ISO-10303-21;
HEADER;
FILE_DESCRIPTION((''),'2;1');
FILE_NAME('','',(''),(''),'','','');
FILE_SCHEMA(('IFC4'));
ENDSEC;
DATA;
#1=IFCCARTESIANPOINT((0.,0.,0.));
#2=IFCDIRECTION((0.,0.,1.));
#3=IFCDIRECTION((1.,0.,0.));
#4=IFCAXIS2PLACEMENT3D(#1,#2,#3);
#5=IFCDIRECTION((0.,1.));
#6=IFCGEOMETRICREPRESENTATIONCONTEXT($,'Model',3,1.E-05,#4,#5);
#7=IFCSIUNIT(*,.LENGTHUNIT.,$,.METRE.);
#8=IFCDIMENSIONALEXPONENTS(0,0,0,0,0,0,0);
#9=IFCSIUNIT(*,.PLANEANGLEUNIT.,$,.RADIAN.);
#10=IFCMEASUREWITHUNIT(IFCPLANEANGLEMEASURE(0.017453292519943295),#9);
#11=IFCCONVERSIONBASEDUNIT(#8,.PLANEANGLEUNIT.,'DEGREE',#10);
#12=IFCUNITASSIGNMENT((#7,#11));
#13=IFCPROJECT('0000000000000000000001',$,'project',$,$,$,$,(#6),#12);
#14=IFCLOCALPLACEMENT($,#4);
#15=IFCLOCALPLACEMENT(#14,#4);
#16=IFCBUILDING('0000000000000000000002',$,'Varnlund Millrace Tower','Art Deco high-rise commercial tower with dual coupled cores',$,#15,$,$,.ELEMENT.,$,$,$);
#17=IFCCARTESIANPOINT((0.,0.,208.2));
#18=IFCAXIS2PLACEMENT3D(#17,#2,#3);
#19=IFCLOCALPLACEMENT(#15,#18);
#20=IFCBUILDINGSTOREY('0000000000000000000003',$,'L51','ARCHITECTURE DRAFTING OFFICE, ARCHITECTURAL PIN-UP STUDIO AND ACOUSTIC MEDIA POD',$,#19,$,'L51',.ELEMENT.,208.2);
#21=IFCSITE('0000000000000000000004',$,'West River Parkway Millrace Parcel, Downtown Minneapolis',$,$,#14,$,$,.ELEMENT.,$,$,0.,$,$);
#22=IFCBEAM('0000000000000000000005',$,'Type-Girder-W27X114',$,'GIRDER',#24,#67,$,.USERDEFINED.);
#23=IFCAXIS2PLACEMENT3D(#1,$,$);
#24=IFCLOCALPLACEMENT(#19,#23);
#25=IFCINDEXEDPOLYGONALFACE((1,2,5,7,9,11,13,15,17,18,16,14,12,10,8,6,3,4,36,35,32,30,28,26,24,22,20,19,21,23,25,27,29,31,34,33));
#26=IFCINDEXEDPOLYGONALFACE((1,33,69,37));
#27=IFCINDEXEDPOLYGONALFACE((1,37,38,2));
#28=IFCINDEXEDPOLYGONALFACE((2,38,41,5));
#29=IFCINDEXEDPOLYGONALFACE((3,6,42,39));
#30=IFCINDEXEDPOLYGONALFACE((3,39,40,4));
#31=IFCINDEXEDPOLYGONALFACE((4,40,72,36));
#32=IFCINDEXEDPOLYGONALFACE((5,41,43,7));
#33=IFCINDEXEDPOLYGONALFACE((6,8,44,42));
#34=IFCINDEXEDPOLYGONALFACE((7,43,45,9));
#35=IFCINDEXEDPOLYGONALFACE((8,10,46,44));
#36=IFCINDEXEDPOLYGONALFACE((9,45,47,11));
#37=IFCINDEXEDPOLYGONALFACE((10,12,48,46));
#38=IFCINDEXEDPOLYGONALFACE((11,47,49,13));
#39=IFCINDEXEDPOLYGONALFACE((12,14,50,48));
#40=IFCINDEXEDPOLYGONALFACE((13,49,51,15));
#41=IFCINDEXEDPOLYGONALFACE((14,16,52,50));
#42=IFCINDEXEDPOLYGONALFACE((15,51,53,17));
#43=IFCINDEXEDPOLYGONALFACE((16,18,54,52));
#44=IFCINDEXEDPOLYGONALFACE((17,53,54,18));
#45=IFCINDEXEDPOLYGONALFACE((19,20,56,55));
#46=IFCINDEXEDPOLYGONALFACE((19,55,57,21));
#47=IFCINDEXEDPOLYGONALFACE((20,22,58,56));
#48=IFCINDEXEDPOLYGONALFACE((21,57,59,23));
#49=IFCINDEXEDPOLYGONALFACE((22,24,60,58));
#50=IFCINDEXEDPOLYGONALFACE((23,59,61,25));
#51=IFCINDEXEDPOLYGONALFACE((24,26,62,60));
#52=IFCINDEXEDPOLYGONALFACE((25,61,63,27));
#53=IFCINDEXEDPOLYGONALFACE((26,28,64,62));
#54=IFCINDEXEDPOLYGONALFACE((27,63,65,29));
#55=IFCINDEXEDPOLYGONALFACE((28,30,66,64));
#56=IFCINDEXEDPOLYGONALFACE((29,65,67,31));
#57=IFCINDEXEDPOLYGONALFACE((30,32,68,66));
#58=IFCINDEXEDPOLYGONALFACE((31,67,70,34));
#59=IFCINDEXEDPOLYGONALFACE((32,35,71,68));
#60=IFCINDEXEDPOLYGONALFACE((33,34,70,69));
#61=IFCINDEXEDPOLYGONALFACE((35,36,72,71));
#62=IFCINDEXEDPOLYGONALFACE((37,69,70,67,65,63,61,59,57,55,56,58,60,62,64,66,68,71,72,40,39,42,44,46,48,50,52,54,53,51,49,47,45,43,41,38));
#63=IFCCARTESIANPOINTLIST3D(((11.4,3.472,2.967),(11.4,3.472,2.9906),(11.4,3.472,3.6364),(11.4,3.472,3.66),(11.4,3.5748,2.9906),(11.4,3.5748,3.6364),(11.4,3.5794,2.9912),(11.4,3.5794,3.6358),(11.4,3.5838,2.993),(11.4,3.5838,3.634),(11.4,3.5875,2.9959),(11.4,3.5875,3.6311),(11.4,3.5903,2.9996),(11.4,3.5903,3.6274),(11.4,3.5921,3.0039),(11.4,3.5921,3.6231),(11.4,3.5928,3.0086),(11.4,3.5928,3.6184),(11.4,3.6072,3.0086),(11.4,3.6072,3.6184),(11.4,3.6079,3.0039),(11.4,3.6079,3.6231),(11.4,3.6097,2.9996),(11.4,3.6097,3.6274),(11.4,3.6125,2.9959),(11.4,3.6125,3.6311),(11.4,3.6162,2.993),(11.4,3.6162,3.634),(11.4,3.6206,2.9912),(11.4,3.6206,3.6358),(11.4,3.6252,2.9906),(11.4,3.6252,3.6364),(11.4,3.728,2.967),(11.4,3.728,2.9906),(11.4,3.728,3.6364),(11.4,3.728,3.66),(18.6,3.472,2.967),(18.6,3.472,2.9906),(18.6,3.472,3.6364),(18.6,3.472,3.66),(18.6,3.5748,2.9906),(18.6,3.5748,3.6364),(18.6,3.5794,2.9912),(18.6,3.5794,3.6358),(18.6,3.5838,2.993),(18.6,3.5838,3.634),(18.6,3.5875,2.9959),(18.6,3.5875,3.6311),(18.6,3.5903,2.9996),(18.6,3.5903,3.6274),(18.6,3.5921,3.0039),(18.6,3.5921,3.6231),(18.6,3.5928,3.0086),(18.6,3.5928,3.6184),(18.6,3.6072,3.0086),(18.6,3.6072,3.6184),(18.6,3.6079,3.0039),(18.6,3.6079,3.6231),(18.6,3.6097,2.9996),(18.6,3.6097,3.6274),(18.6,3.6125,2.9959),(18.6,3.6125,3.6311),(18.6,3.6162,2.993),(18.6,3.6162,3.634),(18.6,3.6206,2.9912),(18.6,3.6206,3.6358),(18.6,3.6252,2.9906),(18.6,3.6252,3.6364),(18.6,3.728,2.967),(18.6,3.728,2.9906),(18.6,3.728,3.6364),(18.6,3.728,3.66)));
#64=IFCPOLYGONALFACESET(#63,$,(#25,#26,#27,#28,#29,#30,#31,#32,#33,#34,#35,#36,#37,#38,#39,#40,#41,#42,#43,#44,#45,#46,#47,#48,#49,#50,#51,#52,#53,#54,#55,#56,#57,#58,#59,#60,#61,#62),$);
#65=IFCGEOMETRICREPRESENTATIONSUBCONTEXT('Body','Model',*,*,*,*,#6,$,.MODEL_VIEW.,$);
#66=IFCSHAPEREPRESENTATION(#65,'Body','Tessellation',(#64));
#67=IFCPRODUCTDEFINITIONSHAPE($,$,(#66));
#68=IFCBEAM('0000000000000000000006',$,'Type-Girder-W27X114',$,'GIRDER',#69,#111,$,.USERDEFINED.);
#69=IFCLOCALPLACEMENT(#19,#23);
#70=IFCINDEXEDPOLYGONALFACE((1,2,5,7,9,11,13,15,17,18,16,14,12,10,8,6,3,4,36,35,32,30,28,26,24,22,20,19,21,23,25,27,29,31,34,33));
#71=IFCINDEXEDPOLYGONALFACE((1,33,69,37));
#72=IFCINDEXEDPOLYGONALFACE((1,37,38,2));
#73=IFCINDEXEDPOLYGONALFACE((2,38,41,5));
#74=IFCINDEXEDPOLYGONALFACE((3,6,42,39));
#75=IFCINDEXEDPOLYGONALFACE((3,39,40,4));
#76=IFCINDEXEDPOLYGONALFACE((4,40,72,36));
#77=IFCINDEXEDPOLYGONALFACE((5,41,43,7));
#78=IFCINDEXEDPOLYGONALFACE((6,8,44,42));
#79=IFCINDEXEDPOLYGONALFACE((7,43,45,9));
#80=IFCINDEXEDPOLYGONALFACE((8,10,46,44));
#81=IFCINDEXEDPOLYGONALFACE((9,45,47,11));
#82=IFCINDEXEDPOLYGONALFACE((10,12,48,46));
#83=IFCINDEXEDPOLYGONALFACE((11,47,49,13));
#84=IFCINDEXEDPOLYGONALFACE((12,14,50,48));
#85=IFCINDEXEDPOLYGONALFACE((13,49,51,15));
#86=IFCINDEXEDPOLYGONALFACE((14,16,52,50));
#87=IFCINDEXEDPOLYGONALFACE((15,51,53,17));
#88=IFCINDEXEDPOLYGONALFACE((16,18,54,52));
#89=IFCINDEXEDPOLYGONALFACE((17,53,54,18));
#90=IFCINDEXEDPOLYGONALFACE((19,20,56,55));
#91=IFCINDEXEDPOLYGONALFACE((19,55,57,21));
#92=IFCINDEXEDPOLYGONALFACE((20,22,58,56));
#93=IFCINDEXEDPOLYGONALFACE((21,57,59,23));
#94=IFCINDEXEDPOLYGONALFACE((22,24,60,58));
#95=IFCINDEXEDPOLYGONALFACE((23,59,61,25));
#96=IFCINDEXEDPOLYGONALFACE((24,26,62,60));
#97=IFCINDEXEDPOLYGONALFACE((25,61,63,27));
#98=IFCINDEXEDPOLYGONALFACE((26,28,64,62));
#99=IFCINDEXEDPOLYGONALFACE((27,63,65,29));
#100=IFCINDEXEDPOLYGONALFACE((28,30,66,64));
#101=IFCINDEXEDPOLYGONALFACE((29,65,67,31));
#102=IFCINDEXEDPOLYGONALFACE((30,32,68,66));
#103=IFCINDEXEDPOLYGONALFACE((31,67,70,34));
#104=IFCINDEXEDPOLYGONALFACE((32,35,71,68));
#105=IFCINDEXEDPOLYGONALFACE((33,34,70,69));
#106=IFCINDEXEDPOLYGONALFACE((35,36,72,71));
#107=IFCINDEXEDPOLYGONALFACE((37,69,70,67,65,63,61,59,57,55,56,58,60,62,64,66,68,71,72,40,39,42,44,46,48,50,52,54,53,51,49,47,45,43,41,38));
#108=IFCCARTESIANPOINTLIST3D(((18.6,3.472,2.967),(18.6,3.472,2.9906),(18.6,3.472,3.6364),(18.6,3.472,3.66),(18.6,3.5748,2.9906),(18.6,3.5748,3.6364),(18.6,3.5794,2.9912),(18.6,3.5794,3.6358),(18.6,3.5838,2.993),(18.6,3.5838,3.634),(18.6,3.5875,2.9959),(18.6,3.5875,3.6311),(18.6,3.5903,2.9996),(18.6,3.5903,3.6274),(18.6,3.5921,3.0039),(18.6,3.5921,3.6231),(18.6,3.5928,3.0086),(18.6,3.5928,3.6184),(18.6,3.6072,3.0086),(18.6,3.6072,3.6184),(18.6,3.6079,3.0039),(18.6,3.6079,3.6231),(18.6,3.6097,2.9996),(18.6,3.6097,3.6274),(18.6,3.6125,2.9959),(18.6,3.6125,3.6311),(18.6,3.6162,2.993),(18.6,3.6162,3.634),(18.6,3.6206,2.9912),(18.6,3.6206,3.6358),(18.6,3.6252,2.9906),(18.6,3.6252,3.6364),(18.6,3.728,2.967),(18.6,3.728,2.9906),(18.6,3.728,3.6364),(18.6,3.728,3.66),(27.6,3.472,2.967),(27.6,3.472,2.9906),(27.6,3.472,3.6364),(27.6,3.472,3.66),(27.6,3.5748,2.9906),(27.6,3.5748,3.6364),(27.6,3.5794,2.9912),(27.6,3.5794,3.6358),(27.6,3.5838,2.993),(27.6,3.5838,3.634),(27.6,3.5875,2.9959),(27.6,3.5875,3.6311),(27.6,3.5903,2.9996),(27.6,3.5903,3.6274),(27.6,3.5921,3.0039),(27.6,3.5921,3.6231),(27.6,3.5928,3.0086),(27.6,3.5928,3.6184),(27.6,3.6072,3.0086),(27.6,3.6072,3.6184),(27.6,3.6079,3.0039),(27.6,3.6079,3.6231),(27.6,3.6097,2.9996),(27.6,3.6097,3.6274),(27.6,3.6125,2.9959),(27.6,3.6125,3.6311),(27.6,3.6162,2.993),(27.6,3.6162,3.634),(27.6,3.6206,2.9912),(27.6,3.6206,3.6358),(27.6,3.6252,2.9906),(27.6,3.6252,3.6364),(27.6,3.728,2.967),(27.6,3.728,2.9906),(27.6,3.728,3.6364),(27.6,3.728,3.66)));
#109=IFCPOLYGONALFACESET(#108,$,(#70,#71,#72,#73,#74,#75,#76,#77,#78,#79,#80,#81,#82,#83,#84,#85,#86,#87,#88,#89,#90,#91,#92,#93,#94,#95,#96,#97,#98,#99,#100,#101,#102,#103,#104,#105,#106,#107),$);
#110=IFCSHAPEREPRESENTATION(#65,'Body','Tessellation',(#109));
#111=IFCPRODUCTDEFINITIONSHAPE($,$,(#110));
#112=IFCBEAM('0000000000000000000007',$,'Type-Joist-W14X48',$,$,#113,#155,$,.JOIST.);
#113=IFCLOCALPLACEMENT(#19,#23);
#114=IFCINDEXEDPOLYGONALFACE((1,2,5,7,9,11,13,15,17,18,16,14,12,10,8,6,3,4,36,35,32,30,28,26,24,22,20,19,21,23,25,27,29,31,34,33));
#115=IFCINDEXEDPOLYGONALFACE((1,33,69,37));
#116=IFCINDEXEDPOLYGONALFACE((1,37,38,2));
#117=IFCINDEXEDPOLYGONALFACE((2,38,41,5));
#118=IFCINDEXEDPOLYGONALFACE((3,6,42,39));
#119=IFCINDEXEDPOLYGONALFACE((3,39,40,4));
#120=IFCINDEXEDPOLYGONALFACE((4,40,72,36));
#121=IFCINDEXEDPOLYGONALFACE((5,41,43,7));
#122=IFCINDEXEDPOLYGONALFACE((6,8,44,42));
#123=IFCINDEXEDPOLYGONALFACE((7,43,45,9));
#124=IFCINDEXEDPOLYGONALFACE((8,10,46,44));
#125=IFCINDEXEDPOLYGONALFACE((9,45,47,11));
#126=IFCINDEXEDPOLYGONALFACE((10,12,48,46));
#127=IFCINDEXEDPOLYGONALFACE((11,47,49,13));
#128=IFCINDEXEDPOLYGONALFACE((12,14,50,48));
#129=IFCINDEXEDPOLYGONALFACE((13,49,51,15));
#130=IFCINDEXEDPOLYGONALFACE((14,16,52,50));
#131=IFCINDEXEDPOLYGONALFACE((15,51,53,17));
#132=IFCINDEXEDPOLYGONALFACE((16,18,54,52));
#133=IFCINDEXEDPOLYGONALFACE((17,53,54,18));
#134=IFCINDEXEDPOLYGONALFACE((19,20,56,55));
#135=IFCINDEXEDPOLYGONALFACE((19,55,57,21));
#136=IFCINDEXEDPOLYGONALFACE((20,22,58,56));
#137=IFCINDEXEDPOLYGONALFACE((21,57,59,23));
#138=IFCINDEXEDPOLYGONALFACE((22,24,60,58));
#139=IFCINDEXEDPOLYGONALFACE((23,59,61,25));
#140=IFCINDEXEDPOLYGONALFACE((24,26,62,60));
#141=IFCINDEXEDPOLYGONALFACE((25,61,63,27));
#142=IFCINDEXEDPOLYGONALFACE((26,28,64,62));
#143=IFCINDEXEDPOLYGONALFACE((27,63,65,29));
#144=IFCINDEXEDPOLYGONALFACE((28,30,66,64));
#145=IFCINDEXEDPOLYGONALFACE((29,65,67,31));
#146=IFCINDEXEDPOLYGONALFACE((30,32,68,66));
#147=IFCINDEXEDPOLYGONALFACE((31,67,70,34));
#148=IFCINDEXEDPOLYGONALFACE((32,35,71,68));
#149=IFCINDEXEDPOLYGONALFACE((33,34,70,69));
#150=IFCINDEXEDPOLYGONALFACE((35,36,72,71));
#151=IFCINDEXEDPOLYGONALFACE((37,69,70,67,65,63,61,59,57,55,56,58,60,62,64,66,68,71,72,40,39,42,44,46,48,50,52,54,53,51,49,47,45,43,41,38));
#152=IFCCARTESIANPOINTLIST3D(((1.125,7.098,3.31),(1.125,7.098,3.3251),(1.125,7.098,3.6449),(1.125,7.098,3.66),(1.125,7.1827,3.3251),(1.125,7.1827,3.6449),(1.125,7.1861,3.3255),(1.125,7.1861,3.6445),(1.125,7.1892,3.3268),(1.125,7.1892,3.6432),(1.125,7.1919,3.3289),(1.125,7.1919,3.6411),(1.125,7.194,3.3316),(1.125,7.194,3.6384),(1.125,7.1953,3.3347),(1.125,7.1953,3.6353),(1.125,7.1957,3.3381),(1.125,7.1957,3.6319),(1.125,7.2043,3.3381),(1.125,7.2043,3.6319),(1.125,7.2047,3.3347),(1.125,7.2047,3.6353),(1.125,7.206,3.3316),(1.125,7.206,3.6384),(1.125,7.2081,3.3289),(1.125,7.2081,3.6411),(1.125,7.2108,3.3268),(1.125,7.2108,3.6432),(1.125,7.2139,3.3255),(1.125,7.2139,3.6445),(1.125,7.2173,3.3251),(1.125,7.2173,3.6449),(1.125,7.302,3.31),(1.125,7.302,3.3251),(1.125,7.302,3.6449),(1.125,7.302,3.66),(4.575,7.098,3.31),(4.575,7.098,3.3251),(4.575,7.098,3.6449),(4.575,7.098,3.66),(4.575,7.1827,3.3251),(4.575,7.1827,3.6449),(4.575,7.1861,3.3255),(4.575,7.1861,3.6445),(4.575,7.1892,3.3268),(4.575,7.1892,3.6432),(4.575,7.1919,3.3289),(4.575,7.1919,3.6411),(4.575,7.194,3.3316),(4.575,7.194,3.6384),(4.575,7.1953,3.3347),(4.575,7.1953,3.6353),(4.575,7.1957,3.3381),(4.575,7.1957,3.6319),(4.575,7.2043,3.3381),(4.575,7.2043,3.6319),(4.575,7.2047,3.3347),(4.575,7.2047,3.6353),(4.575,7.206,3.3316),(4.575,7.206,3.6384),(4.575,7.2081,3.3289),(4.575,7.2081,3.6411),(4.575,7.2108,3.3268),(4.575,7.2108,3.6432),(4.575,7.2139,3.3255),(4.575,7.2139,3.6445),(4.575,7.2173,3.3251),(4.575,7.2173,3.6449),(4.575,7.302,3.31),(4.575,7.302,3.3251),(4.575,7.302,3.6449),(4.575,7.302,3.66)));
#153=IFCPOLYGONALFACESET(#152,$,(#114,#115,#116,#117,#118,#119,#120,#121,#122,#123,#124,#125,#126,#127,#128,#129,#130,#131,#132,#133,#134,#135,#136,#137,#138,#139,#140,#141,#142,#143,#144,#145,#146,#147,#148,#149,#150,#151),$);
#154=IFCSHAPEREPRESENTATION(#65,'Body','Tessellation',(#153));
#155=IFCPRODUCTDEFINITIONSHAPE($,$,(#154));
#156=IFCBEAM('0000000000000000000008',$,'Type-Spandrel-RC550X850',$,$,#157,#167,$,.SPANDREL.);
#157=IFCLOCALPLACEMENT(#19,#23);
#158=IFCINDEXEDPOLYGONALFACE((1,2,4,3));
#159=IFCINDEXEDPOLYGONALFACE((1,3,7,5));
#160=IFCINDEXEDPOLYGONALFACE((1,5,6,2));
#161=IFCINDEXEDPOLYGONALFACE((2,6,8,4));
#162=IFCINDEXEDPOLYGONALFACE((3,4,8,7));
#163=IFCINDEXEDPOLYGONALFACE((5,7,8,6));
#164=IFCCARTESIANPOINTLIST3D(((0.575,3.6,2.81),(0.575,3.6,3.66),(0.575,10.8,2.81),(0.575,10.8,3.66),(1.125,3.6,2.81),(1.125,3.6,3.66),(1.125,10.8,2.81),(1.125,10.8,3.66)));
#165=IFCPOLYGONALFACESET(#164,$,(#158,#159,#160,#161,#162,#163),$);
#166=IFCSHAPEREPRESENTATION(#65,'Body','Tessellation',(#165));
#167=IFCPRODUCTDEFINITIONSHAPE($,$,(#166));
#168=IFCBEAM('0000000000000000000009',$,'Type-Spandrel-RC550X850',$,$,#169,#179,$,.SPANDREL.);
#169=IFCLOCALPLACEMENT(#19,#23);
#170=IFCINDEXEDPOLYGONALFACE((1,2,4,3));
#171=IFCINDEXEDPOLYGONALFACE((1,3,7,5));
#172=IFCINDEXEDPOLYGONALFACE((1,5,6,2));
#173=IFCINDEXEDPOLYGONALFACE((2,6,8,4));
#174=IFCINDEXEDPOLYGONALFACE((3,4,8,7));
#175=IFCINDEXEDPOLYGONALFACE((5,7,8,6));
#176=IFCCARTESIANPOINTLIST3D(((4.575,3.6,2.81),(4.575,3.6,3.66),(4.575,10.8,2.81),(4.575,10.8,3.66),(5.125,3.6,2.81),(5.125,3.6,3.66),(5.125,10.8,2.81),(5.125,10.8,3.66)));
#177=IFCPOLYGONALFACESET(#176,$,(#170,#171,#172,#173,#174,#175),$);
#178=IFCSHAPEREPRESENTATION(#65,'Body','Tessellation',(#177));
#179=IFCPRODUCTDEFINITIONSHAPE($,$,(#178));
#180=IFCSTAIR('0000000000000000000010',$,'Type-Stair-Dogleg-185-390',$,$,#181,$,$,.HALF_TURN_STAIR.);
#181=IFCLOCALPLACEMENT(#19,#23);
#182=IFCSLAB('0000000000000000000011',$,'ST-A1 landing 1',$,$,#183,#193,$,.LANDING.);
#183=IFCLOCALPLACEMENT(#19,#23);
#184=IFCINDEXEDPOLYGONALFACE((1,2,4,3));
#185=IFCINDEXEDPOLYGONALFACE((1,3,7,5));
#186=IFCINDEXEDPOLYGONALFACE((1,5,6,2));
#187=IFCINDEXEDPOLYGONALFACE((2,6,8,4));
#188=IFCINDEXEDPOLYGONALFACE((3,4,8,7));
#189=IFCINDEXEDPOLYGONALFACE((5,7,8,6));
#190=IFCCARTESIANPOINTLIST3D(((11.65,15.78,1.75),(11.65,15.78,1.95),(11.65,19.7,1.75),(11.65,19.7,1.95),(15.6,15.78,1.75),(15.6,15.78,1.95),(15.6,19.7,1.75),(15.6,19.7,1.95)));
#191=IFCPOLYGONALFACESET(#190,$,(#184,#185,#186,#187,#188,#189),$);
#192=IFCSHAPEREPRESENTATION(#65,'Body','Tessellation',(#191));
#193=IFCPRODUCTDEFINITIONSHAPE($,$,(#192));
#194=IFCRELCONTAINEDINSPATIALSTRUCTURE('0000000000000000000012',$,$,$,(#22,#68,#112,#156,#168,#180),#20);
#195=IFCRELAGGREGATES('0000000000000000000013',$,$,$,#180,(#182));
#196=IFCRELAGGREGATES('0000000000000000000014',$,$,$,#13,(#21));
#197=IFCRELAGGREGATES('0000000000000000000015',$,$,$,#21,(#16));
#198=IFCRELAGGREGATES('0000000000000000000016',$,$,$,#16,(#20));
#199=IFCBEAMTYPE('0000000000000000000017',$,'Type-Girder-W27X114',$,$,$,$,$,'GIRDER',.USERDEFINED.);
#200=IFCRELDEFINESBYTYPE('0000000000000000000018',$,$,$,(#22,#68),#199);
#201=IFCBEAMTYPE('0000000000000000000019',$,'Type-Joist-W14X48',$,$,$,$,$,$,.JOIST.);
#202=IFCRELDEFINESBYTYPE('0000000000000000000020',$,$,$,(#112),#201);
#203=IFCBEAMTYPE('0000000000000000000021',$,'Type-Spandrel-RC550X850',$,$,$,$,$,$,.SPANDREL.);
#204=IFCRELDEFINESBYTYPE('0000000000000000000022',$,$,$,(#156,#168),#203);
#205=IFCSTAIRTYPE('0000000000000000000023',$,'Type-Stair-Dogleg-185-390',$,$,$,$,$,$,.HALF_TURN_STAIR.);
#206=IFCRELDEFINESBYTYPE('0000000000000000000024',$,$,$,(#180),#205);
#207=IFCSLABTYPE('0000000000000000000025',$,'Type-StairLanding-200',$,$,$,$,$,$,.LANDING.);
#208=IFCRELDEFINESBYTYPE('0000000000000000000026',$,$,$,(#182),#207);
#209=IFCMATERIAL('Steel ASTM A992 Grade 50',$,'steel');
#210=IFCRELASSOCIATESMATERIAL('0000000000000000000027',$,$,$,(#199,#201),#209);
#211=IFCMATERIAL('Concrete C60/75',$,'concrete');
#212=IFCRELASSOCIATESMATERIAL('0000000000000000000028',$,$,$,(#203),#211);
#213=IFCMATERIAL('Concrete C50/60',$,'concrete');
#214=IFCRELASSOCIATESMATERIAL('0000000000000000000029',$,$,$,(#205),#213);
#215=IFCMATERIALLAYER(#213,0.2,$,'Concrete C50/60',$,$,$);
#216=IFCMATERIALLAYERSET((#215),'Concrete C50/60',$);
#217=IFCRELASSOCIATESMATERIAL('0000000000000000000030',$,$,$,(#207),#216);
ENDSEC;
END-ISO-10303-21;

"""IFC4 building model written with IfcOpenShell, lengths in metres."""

from ifc_helpers import new_model, entity, si_unit, converted_unit, direction, frame, origin_with_axes, origin_2d_with_axis, place, context, subcontext, project, spatial, polyline, rectangle, i_section, outline, extrude, material, layer, layer_set, material_profile, profile_set, type_object, element, aggregate, save


model = new_model("IFC4")

# Units and contexts
model_context = context("Model", 3, precision=1e-05, world=origin_with_axes(), true_north=direction((0.0, 1.0)))
body_context = subcontext(model_context, "Body", "Model", "MODEL_VIEW")
ifc_project = project(units=[si_unit("LENGTHUNIT", "METRE"), converted_unit("PLANEANGLEUNIT", "DEGREE", entity("IfcPlaneAngleMeasure", 0.017453292519943295), si_unit("PLANEANGLEUNIT", "RADIAN"), dimensions=[0, 0, 0, 0, 0, 0, 0])], contexts=[model_context])

# Site, building, storey
site_placement = place(None, origin_with_axes())
site = spatial("IfcSite", under=ifc_project, at=site_placement, Name="West River Parkway Millrace Parcel, Downtown Minneapolis", CompositionType="ELEMENT", RefElevation=0.0)
building_placement = place(site_placement, origin_with_axes())
building = spatial("IfcBuilding", under=site, at=building_placement, Name="Varnlund Millrace Tower", Description="Art Deco high-rise commercial tower with dual coupled cores", CompositionType="ELEMENT")
storey_placement = place(building_placement, frame((0.0, 0.0, 208.2), z_axis=(0.0, 0.0, 1.0), x_axis=(1.0, 0.0, 0.0)))
storey = spatial("IfcBuildingStorey", under=building, at=storey_placement, Name="L51", Description="ARCHITECTURE DRAFTING OFFICE, ARCHITECTURAL PIN-UP STUDIO AND ACOUSTIC MEDIA POD", LongName="L51", CompositionType="ELEMENT", Elevation=208.2)

# Beams
ifc_material_1 = material(Name="Steel ASTM A992 Grade 50", Category="steel")
ifc_material_profile_1 = material_profile(ifc_material_1, i_section(OverallWidth=0.256, OverallDepth=0.693, WebThickness=0.0145, FlangeThickness=0.0236, FilletRadius=0.018, at=origin_2d_with_axis()), Name="Steel ASTM A992 Grade 50")
ifc_profile_set_1 = profile_set([ifc_material_profile_1], Name="Steel ASTM A992 Grade 50")
beam_type_1 = type_object("IfcBeamType", Name="Type-Girder-W27X114", ElementType="GIRDER", PredefinedType="USERDEFINED", material=ifc_profile_set_1)
beam_1_placement = place(storey_placement, frame((11.4, 3.6, 3.3135), z_axis=(1.0, 0.0, 0.0), x_axis=(0.0, 1.0, 0.0)))
element("IfcBeam", 1, at=beam_1_placement, inside=storey, type_object=beam_type_1, Name="Type-Girder-W27X114", ObjectType="GIRDER", PredefinedType="USERDEFINED", context=body_context, shape_type="SweptSolid", body=[
    extrude(i_section(OverallWidth=0.256, OverallDepth=0.693, WebThickness=0.0145, FlangeThickness=0.0236, FilletRadius=0.018, at=origin_2d_with_axis()), origin_with_axes(), (0.0, 0.0, 1.0), 7.2),
])
beam_2_placement = place(storey_placement, frame((18.6, 3.6, 3.3135), z_axis=(1.0, 0.0, 0.0), x_axis=(0.0, 1.0, 0.0)))
element("IfcBeam", 2, at=beam_2_placement, inside=storey, type_object=beam_type_1, Name="Type-Girder-W27X114", ObjectType="GIRDER", PredefinedType="USERDEFINED", context=body_context, shape_type="SweptSolid", body=[
    extrude(i_section(OverallWidth=0.256, OverallDepth=0.693, WebThickness=0.0145, FlangeThickness=0.0236, FilletRadius=0.018, at=origin_2d_with_axis()), origin_with_axes(), (0.0, 0.0, 1.0), 9.0),
])
ifc_material_profile_2 = material_profile(ifc_material_1, i_section(OverallWidth=0.204, OverallDepth=0.35, WebThickness=0.0086, FlangeThickness=0.0151, FilletRadius=0.013, at=origin_2d_with_axis()), Name="Steel ASTM A992 Grade 50")
ifc_profile_set_2 = profile_set([ifc_material_profile_2], Name="Steel ASTM A992 Grade 50")
beam_type_2 = type_object("IfcBeamType", Name="Type-Joist-W14X48", PredefinedType="JOIST", material=ifc_profile_set_2)
beam_3_placement = place(storey_placement, frame((1.125, 7.2, 3.485), z_axis=(1.0, 0.0, 0.0), x_axis=(0.0, 1.0, 0.0)))
element("IfcBeam", 3, at=beam_3_placement, inside=storey, type_object=beam_type_2, Name="Type-Joist-W14X48", PredefinedType="JOIST", context=body_context, shape_type="SweptSolid", body=[
    extrude(i_section(OverallWidth=0.204, OverallDepth=0.35, WebThickness=0.0086, FlangeThickness=0.0151, FilletRadius=0.013, at=origin_2d_with_axis()), origin_with_axes(), (0.0, 0.0, 1.0), 3.45),
])
ifc_material_2 = material(Name="Concrete C60/75", Category="concrete")
ifc_material_profile_3 = material_profile(ifc_material_2, rectangle(XDim=0.55, YDim=0.85, at=origin_2d_with_axis()), Name="Concrete C60/75")
ifc_profile_set_3 = profile_set([ifc_material_profile_3], Name="Concrete C60/75")
beam_type_3 = type_object("IfcBeamType", Name="Type-Spandrel-RC550X850", PredefinedType="SPANDREL", material=ifc_profile_set_3)
for number, where, z_axis, x_axis, name in (
    (4, (0.85, 3.6, 3.235), (0.0, 1.0, 0.0), (-1.0, 0.0, 0.0), "Type-Spandrel-RC550X850"),
    (5, (4.85, 3.6, 3.235), (0.0, 1.0, 0.0), (-1.0, 0.0, 0.0), "Type-Spandrel-RC550X850"),
):
    element("IfcBeam", number, at=place(storey_placement, frame(where, z_axis=z_axis, x_axis=x_axis)), inside=storey, type_object=beam_type_3, Name=name, PredefinedType="SPANDREL", context=body_context, shape_type="SweptSolid", body=[
        extrude(rectangle(XDim=0.55, YDim=0.85, at=origin_2d_with_axis()), origin_with_axes(), (0.0, 0.0, 1.0), 7.2),
    ])

# Stair, slab
ifc_material_3 = material(Name="Concrete C50/60", Category="concrete")
stair_type_1 = type_object("IfcStairType", Name="Type-Stair-Dogleg-185-390", PredefinedType="HALF_TURN_STAIR", material=ifc_material_3)
stair_1_placement = place(storey_placement, origin_with_axes())
stair_1 = element("IfcStair", 6, at=stair_1_placement, inside=storey, type_object=stair_type_1, Name="Type-Stair-Dogleg-185-390", PredefinedType="HALF_TURN_STAIR")
ifc_layer_1 = layer(ifc_material_3, 0.2, Name="Concrete C50/60")
ifc_layer_set_1 = layer_set([ifc_layer_1], Name="Concrete C50/60")
slab_type = type_object("IfcSlabType", Name="Type-StairLanding-200", PredefinedType="LANDING", material=ifc_layer_set_1)
slab_1_placement = place(storey_placement, frame((0.0, 0.0, 1.75), z_axis=(0.0, 0.0, 1.0), x_axis=(1.0, 0.0, 0.0)))
slab_1 = element("IfcSlab", 7, at=slab_1_placement, type_object=slab_type, Name="ST-A1 landing 1", PredefinedType="LANDING", context=body_context, shape_type="SweptSolid", body=[
    extrude(outline(polyline([(15.6, 15.78), (15.6, 19.7), (11.65, 19.7), (11.65, 15.78), (15.6, 15.78)])), origin_with_axes(), (0.0, 0.0, 1.0), 0.2),
])
aggregate(stair_1, [slab_1])

save(model, "model.ifc")
